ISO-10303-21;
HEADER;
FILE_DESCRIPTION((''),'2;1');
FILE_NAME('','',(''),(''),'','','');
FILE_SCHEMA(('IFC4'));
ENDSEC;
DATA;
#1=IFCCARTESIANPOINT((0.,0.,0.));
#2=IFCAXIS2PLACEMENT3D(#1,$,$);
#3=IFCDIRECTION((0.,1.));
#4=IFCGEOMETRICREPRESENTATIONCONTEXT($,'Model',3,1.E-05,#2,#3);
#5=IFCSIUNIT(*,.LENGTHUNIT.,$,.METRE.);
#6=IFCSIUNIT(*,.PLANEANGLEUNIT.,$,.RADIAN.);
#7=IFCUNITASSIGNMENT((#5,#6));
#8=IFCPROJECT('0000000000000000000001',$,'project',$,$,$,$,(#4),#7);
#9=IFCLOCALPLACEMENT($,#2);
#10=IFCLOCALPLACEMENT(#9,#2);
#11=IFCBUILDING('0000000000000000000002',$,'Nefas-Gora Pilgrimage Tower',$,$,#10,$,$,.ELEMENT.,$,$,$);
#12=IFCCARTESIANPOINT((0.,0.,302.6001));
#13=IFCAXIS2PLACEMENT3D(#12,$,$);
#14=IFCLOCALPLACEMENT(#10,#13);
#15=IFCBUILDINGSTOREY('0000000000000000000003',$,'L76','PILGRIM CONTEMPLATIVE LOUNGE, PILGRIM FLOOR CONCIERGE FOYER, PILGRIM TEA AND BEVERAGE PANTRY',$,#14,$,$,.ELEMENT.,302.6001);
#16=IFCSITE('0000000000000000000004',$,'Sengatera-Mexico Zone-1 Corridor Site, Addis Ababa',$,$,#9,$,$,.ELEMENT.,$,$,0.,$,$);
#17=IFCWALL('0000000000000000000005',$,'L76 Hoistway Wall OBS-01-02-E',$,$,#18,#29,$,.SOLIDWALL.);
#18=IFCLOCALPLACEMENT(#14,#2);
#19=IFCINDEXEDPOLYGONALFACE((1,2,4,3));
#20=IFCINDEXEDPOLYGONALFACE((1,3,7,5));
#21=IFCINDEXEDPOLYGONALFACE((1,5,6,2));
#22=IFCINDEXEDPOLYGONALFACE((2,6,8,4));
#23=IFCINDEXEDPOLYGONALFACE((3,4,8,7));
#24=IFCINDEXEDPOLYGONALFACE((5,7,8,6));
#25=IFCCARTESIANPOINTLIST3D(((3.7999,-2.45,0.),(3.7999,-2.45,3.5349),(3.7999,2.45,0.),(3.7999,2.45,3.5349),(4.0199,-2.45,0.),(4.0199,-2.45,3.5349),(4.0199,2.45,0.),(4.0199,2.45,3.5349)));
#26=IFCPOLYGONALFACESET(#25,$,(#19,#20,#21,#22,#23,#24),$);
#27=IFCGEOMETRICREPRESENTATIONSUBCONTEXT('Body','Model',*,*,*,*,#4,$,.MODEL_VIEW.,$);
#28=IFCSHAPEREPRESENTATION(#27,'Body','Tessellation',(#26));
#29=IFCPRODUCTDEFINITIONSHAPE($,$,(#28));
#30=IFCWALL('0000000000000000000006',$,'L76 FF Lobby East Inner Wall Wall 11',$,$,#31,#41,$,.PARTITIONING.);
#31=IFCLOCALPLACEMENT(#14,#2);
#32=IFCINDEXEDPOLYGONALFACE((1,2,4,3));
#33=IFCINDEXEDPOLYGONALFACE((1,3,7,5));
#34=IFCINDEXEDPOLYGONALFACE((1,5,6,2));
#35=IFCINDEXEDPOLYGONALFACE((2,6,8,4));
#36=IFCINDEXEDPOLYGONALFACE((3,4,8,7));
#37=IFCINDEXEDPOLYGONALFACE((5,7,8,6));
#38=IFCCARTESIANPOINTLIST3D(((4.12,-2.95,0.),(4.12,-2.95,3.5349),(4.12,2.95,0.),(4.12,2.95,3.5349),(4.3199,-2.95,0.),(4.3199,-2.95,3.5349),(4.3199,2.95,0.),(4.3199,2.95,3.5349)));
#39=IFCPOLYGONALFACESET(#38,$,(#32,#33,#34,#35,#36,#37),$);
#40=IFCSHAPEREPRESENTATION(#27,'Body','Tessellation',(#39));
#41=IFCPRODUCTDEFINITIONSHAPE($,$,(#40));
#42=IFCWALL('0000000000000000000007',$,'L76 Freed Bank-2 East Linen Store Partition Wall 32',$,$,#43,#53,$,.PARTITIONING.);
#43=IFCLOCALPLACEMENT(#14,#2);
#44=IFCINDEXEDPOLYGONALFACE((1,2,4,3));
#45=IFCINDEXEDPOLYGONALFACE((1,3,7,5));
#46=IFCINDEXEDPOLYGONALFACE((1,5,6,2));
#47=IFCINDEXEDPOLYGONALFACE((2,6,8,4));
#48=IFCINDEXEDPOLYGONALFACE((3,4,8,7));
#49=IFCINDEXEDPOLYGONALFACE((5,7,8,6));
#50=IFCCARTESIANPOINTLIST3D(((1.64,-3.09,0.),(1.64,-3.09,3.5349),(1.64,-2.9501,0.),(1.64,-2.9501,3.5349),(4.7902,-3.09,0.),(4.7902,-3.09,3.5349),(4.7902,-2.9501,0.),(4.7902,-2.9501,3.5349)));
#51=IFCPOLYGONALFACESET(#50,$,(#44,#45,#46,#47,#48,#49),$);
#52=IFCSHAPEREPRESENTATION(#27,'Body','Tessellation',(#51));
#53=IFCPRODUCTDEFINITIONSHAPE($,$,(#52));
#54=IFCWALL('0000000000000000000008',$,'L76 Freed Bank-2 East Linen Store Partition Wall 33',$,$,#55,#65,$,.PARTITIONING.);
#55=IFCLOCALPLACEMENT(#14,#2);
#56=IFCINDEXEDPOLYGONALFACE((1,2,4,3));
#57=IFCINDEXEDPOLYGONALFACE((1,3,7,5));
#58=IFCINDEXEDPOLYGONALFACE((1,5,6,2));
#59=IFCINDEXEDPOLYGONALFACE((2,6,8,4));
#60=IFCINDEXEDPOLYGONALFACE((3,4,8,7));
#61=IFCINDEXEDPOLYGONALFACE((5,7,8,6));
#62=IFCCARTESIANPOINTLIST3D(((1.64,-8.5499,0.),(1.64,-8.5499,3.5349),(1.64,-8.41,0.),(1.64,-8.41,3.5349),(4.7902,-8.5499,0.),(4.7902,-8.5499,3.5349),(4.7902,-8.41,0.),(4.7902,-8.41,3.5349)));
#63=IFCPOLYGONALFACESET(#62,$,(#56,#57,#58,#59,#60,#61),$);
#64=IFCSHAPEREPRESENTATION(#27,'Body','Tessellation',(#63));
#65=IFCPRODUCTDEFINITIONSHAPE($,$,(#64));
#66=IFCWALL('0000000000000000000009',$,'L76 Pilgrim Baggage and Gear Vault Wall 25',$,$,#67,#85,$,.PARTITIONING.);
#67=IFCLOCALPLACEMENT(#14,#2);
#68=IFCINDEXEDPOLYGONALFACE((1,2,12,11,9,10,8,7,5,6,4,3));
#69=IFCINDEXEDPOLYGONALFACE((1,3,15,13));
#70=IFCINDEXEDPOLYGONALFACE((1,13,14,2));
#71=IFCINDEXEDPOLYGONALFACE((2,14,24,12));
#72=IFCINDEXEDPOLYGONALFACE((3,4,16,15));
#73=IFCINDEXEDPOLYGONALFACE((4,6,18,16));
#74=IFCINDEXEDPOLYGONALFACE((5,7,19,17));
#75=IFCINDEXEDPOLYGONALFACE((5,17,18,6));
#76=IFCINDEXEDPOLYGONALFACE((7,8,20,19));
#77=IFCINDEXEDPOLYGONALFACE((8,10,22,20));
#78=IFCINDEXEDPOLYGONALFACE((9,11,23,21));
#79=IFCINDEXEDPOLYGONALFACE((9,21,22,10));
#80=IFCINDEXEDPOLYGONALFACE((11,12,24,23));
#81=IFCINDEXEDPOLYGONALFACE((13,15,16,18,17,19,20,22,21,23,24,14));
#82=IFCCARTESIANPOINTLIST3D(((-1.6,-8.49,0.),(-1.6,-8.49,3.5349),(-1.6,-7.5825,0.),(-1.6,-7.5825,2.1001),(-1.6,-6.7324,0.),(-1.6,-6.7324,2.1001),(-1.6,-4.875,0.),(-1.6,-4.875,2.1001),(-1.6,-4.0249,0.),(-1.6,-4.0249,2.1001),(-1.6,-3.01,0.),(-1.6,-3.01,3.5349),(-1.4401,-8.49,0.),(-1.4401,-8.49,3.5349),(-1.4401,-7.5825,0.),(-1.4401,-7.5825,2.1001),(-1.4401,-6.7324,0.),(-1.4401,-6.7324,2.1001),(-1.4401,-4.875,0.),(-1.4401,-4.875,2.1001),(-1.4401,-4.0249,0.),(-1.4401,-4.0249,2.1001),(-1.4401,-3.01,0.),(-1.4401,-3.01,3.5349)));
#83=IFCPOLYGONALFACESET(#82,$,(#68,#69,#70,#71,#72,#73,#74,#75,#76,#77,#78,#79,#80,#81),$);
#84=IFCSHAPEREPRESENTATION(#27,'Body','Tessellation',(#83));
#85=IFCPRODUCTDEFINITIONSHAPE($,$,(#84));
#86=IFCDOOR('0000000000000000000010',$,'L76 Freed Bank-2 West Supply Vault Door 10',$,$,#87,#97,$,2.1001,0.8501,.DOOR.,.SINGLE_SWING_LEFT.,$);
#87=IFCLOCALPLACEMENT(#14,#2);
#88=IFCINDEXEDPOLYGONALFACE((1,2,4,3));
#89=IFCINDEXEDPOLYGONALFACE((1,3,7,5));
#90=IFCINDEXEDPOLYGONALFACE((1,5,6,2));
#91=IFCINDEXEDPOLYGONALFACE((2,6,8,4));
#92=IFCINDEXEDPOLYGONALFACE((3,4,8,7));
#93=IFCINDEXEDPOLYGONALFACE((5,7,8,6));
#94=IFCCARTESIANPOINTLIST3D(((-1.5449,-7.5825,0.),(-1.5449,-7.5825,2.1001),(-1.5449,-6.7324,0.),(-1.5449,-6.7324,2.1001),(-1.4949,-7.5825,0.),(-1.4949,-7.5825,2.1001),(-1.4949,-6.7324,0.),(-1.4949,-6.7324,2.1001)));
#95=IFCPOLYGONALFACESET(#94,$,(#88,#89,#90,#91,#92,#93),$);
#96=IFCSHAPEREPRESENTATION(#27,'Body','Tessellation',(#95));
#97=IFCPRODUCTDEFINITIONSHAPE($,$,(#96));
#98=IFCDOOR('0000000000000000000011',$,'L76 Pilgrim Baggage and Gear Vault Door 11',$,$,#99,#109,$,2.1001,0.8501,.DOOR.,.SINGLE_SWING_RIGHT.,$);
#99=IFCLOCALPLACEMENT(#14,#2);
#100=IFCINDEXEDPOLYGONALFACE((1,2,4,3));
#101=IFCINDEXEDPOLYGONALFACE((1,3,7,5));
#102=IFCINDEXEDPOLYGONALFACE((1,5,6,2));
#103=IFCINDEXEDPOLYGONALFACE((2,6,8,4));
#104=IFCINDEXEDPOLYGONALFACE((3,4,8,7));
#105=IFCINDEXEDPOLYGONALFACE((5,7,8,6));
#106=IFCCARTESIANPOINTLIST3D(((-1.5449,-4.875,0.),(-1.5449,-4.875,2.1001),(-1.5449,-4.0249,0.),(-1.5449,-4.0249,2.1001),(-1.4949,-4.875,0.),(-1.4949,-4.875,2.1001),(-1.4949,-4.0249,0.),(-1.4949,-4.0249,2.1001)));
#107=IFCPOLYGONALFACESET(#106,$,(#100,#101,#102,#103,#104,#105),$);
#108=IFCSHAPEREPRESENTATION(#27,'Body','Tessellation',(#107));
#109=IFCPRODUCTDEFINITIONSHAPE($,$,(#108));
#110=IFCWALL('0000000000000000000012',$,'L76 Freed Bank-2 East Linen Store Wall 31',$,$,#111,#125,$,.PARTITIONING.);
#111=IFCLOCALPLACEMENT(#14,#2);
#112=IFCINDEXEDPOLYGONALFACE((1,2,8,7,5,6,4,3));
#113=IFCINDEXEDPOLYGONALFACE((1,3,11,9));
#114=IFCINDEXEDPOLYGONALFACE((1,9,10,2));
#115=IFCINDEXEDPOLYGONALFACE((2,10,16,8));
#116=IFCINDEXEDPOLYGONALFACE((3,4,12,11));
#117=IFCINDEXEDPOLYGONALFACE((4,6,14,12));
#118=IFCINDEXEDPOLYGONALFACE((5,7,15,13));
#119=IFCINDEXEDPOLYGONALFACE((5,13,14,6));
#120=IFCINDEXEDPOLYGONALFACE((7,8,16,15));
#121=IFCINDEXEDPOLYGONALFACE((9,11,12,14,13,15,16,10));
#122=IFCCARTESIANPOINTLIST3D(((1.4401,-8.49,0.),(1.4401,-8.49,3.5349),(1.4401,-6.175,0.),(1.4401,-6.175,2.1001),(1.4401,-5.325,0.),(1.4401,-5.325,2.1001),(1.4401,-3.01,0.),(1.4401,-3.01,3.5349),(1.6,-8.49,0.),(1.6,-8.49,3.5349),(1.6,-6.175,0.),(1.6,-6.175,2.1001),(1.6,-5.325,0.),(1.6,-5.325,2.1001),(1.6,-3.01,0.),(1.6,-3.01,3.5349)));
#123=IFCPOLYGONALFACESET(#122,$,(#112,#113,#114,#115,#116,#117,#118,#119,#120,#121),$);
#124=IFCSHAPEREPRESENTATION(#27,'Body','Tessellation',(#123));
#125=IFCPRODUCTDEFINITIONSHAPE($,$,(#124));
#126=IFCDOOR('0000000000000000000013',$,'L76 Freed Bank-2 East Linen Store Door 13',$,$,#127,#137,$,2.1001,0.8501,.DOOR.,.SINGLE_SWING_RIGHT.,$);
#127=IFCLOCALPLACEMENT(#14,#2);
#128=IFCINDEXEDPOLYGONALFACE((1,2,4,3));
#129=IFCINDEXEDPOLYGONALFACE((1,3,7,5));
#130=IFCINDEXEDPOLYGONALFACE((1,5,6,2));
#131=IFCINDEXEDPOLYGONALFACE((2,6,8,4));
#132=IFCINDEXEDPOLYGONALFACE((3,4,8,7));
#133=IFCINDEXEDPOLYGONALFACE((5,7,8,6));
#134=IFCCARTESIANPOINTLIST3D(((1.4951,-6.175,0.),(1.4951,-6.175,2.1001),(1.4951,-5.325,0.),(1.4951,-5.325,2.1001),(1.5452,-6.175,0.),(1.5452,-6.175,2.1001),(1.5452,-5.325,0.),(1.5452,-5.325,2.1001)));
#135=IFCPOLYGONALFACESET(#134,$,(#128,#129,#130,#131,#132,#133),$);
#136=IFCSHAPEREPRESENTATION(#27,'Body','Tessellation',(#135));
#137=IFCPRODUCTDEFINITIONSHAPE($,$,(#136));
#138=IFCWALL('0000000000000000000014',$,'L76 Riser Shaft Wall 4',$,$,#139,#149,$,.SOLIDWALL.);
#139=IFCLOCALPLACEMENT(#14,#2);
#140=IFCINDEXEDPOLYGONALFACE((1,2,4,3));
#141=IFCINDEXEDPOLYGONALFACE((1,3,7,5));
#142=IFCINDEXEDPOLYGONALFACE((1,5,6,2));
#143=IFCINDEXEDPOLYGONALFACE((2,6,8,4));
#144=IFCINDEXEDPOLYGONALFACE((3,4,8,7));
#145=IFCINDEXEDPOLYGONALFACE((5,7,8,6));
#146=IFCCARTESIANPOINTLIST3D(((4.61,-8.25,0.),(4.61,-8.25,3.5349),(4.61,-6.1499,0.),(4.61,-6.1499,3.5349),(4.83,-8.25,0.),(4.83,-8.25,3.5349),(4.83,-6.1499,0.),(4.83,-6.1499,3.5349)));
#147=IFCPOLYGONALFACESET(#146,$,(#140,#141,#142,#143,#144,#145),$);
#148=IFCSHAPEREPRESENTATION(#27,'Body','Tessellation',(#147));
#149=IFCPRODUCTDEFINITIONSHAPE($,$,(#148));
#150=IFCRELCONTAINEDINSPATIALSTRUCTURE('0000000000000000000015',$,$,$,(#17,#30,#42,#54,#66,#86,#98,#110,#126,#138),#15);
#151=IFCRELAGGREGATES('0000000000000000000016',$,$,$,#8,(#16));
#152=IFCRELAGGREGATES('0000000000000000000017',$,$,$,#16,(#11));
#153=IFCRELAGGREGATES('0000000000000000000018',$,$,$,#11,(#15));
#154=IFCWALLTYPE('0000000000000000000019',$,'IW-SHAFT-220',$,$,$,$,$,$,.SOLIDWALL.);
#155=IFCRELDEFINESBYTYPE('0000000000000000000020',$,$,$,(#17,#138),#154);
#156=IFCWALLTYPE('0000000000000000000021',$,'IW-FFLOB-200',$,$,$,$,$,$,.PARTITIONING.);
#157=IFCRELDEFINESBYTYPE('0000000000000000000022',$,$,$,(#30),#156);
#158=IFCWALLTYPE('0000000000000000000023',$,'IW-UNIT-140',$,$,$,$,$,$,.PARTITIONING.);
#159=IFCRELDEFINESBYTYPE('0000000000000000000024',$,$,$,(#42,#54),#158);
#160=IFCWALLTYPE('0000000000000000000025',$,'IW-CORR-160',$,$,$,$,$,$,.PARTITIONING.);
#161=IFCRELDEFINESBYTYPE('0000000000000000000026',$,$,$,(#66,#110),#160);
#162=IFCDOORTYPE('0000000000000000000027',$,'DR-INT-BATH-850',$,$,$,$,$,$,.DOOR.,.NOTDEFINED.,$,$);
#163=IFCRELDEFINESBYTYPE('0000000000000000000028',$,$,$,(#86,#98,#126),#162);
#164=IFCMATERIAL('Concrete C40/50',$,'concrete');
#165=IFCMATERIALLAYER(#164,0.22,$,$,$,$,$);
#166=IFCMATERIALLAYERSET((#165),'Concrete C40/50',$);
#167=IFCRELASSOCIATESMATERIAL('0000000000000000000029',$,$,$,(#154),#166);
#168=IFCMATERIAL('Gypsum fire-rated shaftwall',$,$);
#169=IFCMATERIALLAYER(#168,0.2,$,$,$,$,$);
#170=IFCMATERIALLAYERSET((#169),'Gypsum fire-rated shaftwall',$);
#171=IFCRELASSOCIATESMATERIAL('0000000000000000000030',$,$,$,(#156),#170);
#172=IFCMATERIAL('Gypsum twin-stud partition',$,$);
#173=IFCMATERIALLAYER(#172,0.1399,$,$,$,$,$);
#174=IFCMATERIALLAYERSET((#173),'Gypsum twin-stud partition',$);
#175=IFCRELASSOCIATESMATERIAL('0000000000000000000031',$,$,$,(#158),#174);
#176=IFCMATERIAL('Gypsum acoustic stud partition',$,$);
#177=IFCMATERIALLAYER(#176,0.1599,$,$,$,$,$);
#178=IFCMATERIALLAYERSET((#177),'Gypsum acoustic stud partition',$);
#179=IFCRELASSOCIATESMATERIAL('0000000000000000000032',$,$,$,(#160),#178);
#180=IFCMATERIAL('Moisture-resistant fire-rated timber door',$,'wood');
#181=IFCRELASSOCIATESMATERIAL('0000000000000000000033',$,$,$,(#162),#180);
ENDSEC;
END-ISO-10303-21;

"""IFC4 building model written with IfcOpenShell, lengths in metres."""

from ifc_helpers import new_model, si_unit, direction, frame, frame_2d, origin, place, context, subcontext, project, spatial, rectangle, extrude, source, transform, mapped, material, layer, layer_set, type_object, element, fill, save


model = new_model("IFC4")

# Units and contexts
model_context = context("Model", 3, precision=1e-05, world=origin(), true_north=direction((0.0, 1.0)))
body_context = subcontext(model_context, "Body", "Model", "MODEL_VIEW")
ifc_project = project(units=[si_unit("LENGTHUNIT", "METRE"), si_unit("PLANEANGLEUNIT", "RADIAN")], contexts=[model_context])

# Site, building, storey
site_placement = place(None, origin())
site = spatial("IfcSite", under=ifc_project, at=site_placement, Name="Sengatera-Mexico Zone-1 Corridor Site, Addis Ababa", CompositionType="ELEMENT", RefElevation=0.0)
building_placement = place(site_placement, origin())
building = spatial("IfcBuilding", under=site, at=building_placement, Name="Nefas-Gora Pilgrimage Tower", CompositionType="ELEMENT")
storey_placement = place(building_placement, frame((0.0, 0.0, 302.6001)))
storey = spatial("IfcBuildingStorey", under=building, at=storey_placement, Name="L76", Description="PILGRIM CONTEMPLATIVE LOUNGE, PILGRIM FLOOR CONCIERGE FOYER, PILGRIM TEA AND BEVERAGE PANTRY", CompositionType="ELEMENT", Elevation=302.6001)

# Shared definitions
ifc_material_1 = material(Name="Concrete C40/50", Category="concrete")

# Shared definitions
ifc_layer_1 = layer(ifc_material_1, 0.22)
ifc_layer_set_1 = layer_set([ifc_layer_1], Name="Concrete C40/50")
wall_type_1 = type_object("IfcWallType", Name="IW-SHAFT-220", PredefinedType="SOLIDWALL", material=ifc_layer_set_1)

# Walls
shared_shape_1 = source(origin(), body_context, "Body", "SweptSolid", [
    extrude(rectangle(XDim=4.8999, YDim=0.22, at=frame_2d((2.45, 0.0))), origin(), (0.0, 0.0, 1.0), 3.5349),
])
wall_1_placement = place(storey_placement, frame((3.9099, -2.45, 0.0), z_axis=(0.0, 0.0, 1.0), x_axis=(0.0, 1.0, 0.0)))
element("IfcWall", 1, at=wall_1_placement, inside=storey, type_object=wall_type_1, Name="L76 Hoistway Wall OBS-01-02-E", PredefinedType="SOLIDWALL", context=body_context, shape_type="MappedRepresentation", body=[
    mapped(shared_shape_1, transform((0.0, 0.0, 0.0), x_axis=(1.0, 0.0, 0.0), y_axis=(0.0, 1.0, 0.0), z_axis=(0.0, 0.0, 1.0), scale=1.0)),
])
ifc_material_2 = material(Name="Gypsum fire-rated shaftwall")
ifc_layer_2 = layer(ifc_material_2, 0.2)
ifc_layer_set_2 = layer_set([ifc_layer_2], Name="Gypsum fire-rated shaftwall")
wall_type_2 = type_object("IfcWallType", Name="IW-FFLOB-200", PredefinedType="PARTITIONING", material=ifc_layer_set_2)
shared_shape_2 = source(origin(), body_context, "Body", "SweptSolid", [
    extrude(rectangle(XDim=5.8999, YDim=0.2, at=frame_2d((2.95, 0.0))), origin(), (0.0, 0.0, 1.0), 3.5349),
])
wall_2_placement = place(storey_placement, frame((4.22, -2.95, 0.0), z_axis=(0.0, 0.0, 1.0), x_axis=(0.0, 1.0, 0.0)))
element("IfcWall", 2, at=wall_2_placement, inside=storey, type_object=wall_type_2, Name="L76 FF Lobby East Inner Wall Wall 11", PredefinedType="PARTITIONING", context=body_context, shape_type="MappedRepresentation", body=[
    mapped(shared_shape_2, transform((0.0, 0.0, 0.0), x_axis=(1.0, 0.0, 0.0), y_axis=(0.0, 1.0, 0.0), z_axis=(0.0, 0.0, 1.0), scale=1.0)),
])
ifc_material_3 = material(Name="Gypsum twin-stud partition")
ifc_layer_3 = layer(ifc_material_3, 0.1399)
ifc_layer_set_3 = layer_set([ifc_layer_3], Name="Gypsum twin-stud partition")
wall_type_3 = type_object("IfcWallType", Name="IW-UNIT-140", PredefinedType="PARTITIONING", material=ifc_layer_set_3)
shared_shape_3 = source(origin(), body_context, "Body", "SweptSolid", [
    extrude(rectangle(XDim=3.1501, YDim=0.1399, at=frame_2d((1.5752, 0.0))), origin(), (0.0, 0.0, 1.0), 3.5349),
])
for number, where, z_axis, x_axis, name in (
    (3, (1.6399, -3.02, 0.0), (0.0, 0.0, 1.0), (1.0, 0.0, 0.0), "L76 Freed Bank-2 East Linen Store Partition Wall 32"),
    (4, (1.6399, -8.48, 0.0), (0.0, 0.0, 1.0), (1.0, 0.0, 0.0), "L76 Freed Bank-2 East Linen Store Partition Wall 33"),
):
    element("IfcWall", number, at=place(storey_placement, frame(where, z_axis=z_axis, x_axis=x_axis)), inside=storey, type_object=wall_type_3, Name=name, PredefinedType="PARTITIONING", context=body_context, shape_type="MappedRepresentation", body=[
        mapped(shared_shape_3, transform((0.0, 0.0, 0.0), x_axis=(1.0, 0.0, 0.0), y_axis=(0.0, 1.0, 0.0), z_axis=(0.0, 0.0, 1.0), scale=1.0)),
    ])

# Wall, openings, doors
ifc_material_4 = material(Name="Gypsum acoustic stud partition")
ifc_layer_4 = layer(ifc_material_4, 0.1599)
ifc_layer_set_4 = layer_set([ifc_layer_4], Name="Gypsum acoustic stud partition")
wall_type_4 = type_object("IfcWallType", Name="IW-CORR-160", PredefinedType="PARTITIONING", material=ifc_layer_set_4)
shared_shape_4 = source(origin(), body_context, "Body", "SweptSolid", [
    extrude(rectangle(XDim=5.48, YDim=0.1599, at=frame_2d((2.74, 0.0))), origin(), (0.0, 0.0, 1.0), 3.5349),
])
wall_3_placement = place(storey_placement, frame((-1.52, -8.49, 0.0), z_axis=(0.0, 0.0, 1.0), x_axis=(0.0, 1.0, 0.0)))
wall_3 = element("IfcWall", 5, at=wall_3_placement, inside=storey, type_object=wall_type_4, Name="L76 Pilgrim Baggage and Gear Vault Wall 25", PredefinedType="PARTITIONING", context=body_context, shape_type="MappedRepresentation", body=[
    mapped(shared_shape_4, transform((0.0, 0.0, 0.0), x_axis=(1.0, 0.0, 0.0), y_axis=(0.0, 1.0, 0.0), z_axis=(0.0, 0.0, 1.0), scale=1.0)),
])
opening_1_placement = place(wall_3_placement, frame((0.9075, 0.0, 0.0)))
opening_1 = element("IfcOpeningElement", 6, at=opening_1_placement, cuts=wall_3, PredefinedType="OPENING", context=body_context, shape_type="SweptSolid", body=[
    extrude(rectangle(XDim=0.8501, YDim=2.1001, at=frame_2d((0.425, 1.05))), frame((0.0, 0.0898, 0.0), z_axis=(0.0, -1.0, 0.0), x_axis=(1.0, 0.0, 0.0)), (0.0, 0.0, 1.0), 0.1799),
])
opening_2_placement = place(wall_3_placement, frame((3.615, 0.0, 0.0)))
opening_2 = element("IfcOpeningElement", 7, at=opening_2_placement, cuts=wall_3, PredefinedType="OPENING", context=body_context, shape_type="SweptSolid", body=[
    extrude(rectangle(XDim=0.8501, YDim=2.1001, at=frame_2d((0.425, 1.05))), frame((0.0, 0.0898, 0.0), z_axis=(0.0, -1.0, 0.0), x_axis=(1.0, 0.0, 0.0)), (0.0, 0.0, 1.0), 0.1799),
])
ifc_material_5 = material(Name="Moisture-resistant fire-rated timber door", Category="wood")
door_type_1 = type_object("IfcDoorType", Name="DR-INT-BATH-850", OperationType="NOTDEFINED", PredefinedType="DOOR", material=ifc_material_5)
shared_shape_5 = source(origin(), body_context, "Body", "SweptSolid", [
    extrude(rectangle(XDim=0.8501, YDim=2.1001, at=frame_2d((0.425, 1.05))), frame((0.0, 0.0249, 0.0), z_axis=(0.0, -1.0, 0.0), x_axis=(1.0, 0.0, 0.0)), (0.0, 0.0, 1.0), 0.05),
])
door_1_placement = place(opening_1_placement, origin())
door_1 = element("IfcDoor", 8, at=door_1_placement, inside=storey, type_object=door_type_1, Name="L76 Freed Bank-2 West Supply Vault Door 10", OperationType="SINGLE_SWING_LEFT", OverallHeight=2.1001, OverallWidth=0.8501, PredefinedType="DOOR", context=body_context, shape_type="MappedRepresentation", body=[
    mapped(shared_shape_5, transform((0.0, 0.0, 0.0), x_axis=(1.0, 0.0, 0.0), y_axis=(0.0, 1.0, 0.0), z_axis=(0.0, 0.0, 1.0), scale=1.0)),
])
fill(opening_1, door_1)
door_2_placement = place(opening_2_placement, origin())
door_2 = element("IfcDoor", 9, at=door_2_placement, inside=storey, type_object=door_type_1, Name="L76 Pilgrim Baggage and Gear Vault Door 11", OperationType="SINGLE_SWING_RIGHT", OverallHeight=2.1001, OverallWidth=0.8501, PredefinedType="DOOR", context=body_context, shape_type="MappedRepresentation", body=[
    mapped(shared_shape_5, transform((0.0, 0.0, 0.0), x_axis=(1.0, 0.0, 0.0), y_axis=(0.0, 1.0, 0.0), z_axis=(0.0, 0.0, 1.0), scale=1.0)),
])
fill(opening_2, door_2)

# Wall, opening, door
wall_4_placement = place(storey_placement, frame((1.52, -8.49, 0.0), z_axis=(0.0, 0.0, 1.0), x_axis=(0.0, 1.0, 0.0)))
wall_4 = element("IfcWall", 10, at=wall_4_placement, inside=storey, type_object=wall_type_4, Name="L76 Freed Bank-2 East Linen Store Wall 31", PredefinedType="PARTITIONING", context=body_context, shape_type="MappedRepresentation", body=[
    mapped(shared_shape_4, transform((0.0, 0.0, 0.0), x_axis=(1.0, 0.0, 0.0), y_axis=(0.0, 1.0, 0.0), z_axis=(0.0, 0.0, 1.0), scale=1.0)),
])
opening_3_placement = place(wall_4_placement, frame((2.3149, 0.0, 0.0)))
opening_3 = element("IfcOpeningElement", 11, at=opening_3_placement, cuts=wall_4, PredefinedType="OPENING", context=body_context, shape_type="SweptSolid", body=[
    extrude(rectangle(XDim=0.8501, YDim=2.1001, at=frame_2d((0.425, 1.05))), frame((0.0, 0.0898, 0.0), z_axis=(0.0, -1.0, 0.0), x_axis=(1.0, 0.0, 0.0)), (0.0, 0.0, 1.0), 0.1799),
])
door_3_placement = place(opening_3_placement, origin())
door_3 = element("IfcDoor", 12, at=door_3_placement, inside=storey, type_object=door_type_1, Name="L76 Freed Bank-2 East Linen Store Door 13", OperationType="SINGLE_SWING_RIGHT", OverallHeight=2.1001, OverallWidth=0.8501, PredefinedType="DOOR", context=body_context, shape_type="MappedRepresentation", body=[
    mapped(shared_shape_5, transform((0.0, 0.0, 0.0), x_axis=(1.0, 0.0, 0.0), y_axis=(0.0, 1.0, 0.0), z_axis=(0.0, 0.0, 1.0), scale=1.0)),
])
fill(opening_3, door_3)

# Wall
shared_shape_6 = source(origin(), body_context, "Body", "SweptSolid", [
    extrude(rectangle(XDim=2.1001, YDim=0.22, at=frame_2d((1.05, 0.0))), origin(), (0.0, 0.0, 1.0), 3.5349),
])
wall_5_placement = place(storey_placement, frame((4.72, -8.25, 0.0), z_axis=(0.0, 0.0, 1.0), x_axis=(0.0, 1.0, 0.0)))
element("IfcWall", 13, at=wall_5_placement, inside=storey, type_object=wall_type_1, Name="L76 Riser Shaft Wall 4", PredefinedType="SOLIDWALL", context=body_context, shape_type="MappedRepresentation", body=[
    mapped(shared_shape_6, transform((0.0, 0.0, 0.0), x_axis=(1.0, 0.0, 0.0), y_axis=(0.0, 1.0, 0.0), z_axis=(0.0, 0.0, 1.0), scale=1.0)),
])

save(model, "model.ifc")
